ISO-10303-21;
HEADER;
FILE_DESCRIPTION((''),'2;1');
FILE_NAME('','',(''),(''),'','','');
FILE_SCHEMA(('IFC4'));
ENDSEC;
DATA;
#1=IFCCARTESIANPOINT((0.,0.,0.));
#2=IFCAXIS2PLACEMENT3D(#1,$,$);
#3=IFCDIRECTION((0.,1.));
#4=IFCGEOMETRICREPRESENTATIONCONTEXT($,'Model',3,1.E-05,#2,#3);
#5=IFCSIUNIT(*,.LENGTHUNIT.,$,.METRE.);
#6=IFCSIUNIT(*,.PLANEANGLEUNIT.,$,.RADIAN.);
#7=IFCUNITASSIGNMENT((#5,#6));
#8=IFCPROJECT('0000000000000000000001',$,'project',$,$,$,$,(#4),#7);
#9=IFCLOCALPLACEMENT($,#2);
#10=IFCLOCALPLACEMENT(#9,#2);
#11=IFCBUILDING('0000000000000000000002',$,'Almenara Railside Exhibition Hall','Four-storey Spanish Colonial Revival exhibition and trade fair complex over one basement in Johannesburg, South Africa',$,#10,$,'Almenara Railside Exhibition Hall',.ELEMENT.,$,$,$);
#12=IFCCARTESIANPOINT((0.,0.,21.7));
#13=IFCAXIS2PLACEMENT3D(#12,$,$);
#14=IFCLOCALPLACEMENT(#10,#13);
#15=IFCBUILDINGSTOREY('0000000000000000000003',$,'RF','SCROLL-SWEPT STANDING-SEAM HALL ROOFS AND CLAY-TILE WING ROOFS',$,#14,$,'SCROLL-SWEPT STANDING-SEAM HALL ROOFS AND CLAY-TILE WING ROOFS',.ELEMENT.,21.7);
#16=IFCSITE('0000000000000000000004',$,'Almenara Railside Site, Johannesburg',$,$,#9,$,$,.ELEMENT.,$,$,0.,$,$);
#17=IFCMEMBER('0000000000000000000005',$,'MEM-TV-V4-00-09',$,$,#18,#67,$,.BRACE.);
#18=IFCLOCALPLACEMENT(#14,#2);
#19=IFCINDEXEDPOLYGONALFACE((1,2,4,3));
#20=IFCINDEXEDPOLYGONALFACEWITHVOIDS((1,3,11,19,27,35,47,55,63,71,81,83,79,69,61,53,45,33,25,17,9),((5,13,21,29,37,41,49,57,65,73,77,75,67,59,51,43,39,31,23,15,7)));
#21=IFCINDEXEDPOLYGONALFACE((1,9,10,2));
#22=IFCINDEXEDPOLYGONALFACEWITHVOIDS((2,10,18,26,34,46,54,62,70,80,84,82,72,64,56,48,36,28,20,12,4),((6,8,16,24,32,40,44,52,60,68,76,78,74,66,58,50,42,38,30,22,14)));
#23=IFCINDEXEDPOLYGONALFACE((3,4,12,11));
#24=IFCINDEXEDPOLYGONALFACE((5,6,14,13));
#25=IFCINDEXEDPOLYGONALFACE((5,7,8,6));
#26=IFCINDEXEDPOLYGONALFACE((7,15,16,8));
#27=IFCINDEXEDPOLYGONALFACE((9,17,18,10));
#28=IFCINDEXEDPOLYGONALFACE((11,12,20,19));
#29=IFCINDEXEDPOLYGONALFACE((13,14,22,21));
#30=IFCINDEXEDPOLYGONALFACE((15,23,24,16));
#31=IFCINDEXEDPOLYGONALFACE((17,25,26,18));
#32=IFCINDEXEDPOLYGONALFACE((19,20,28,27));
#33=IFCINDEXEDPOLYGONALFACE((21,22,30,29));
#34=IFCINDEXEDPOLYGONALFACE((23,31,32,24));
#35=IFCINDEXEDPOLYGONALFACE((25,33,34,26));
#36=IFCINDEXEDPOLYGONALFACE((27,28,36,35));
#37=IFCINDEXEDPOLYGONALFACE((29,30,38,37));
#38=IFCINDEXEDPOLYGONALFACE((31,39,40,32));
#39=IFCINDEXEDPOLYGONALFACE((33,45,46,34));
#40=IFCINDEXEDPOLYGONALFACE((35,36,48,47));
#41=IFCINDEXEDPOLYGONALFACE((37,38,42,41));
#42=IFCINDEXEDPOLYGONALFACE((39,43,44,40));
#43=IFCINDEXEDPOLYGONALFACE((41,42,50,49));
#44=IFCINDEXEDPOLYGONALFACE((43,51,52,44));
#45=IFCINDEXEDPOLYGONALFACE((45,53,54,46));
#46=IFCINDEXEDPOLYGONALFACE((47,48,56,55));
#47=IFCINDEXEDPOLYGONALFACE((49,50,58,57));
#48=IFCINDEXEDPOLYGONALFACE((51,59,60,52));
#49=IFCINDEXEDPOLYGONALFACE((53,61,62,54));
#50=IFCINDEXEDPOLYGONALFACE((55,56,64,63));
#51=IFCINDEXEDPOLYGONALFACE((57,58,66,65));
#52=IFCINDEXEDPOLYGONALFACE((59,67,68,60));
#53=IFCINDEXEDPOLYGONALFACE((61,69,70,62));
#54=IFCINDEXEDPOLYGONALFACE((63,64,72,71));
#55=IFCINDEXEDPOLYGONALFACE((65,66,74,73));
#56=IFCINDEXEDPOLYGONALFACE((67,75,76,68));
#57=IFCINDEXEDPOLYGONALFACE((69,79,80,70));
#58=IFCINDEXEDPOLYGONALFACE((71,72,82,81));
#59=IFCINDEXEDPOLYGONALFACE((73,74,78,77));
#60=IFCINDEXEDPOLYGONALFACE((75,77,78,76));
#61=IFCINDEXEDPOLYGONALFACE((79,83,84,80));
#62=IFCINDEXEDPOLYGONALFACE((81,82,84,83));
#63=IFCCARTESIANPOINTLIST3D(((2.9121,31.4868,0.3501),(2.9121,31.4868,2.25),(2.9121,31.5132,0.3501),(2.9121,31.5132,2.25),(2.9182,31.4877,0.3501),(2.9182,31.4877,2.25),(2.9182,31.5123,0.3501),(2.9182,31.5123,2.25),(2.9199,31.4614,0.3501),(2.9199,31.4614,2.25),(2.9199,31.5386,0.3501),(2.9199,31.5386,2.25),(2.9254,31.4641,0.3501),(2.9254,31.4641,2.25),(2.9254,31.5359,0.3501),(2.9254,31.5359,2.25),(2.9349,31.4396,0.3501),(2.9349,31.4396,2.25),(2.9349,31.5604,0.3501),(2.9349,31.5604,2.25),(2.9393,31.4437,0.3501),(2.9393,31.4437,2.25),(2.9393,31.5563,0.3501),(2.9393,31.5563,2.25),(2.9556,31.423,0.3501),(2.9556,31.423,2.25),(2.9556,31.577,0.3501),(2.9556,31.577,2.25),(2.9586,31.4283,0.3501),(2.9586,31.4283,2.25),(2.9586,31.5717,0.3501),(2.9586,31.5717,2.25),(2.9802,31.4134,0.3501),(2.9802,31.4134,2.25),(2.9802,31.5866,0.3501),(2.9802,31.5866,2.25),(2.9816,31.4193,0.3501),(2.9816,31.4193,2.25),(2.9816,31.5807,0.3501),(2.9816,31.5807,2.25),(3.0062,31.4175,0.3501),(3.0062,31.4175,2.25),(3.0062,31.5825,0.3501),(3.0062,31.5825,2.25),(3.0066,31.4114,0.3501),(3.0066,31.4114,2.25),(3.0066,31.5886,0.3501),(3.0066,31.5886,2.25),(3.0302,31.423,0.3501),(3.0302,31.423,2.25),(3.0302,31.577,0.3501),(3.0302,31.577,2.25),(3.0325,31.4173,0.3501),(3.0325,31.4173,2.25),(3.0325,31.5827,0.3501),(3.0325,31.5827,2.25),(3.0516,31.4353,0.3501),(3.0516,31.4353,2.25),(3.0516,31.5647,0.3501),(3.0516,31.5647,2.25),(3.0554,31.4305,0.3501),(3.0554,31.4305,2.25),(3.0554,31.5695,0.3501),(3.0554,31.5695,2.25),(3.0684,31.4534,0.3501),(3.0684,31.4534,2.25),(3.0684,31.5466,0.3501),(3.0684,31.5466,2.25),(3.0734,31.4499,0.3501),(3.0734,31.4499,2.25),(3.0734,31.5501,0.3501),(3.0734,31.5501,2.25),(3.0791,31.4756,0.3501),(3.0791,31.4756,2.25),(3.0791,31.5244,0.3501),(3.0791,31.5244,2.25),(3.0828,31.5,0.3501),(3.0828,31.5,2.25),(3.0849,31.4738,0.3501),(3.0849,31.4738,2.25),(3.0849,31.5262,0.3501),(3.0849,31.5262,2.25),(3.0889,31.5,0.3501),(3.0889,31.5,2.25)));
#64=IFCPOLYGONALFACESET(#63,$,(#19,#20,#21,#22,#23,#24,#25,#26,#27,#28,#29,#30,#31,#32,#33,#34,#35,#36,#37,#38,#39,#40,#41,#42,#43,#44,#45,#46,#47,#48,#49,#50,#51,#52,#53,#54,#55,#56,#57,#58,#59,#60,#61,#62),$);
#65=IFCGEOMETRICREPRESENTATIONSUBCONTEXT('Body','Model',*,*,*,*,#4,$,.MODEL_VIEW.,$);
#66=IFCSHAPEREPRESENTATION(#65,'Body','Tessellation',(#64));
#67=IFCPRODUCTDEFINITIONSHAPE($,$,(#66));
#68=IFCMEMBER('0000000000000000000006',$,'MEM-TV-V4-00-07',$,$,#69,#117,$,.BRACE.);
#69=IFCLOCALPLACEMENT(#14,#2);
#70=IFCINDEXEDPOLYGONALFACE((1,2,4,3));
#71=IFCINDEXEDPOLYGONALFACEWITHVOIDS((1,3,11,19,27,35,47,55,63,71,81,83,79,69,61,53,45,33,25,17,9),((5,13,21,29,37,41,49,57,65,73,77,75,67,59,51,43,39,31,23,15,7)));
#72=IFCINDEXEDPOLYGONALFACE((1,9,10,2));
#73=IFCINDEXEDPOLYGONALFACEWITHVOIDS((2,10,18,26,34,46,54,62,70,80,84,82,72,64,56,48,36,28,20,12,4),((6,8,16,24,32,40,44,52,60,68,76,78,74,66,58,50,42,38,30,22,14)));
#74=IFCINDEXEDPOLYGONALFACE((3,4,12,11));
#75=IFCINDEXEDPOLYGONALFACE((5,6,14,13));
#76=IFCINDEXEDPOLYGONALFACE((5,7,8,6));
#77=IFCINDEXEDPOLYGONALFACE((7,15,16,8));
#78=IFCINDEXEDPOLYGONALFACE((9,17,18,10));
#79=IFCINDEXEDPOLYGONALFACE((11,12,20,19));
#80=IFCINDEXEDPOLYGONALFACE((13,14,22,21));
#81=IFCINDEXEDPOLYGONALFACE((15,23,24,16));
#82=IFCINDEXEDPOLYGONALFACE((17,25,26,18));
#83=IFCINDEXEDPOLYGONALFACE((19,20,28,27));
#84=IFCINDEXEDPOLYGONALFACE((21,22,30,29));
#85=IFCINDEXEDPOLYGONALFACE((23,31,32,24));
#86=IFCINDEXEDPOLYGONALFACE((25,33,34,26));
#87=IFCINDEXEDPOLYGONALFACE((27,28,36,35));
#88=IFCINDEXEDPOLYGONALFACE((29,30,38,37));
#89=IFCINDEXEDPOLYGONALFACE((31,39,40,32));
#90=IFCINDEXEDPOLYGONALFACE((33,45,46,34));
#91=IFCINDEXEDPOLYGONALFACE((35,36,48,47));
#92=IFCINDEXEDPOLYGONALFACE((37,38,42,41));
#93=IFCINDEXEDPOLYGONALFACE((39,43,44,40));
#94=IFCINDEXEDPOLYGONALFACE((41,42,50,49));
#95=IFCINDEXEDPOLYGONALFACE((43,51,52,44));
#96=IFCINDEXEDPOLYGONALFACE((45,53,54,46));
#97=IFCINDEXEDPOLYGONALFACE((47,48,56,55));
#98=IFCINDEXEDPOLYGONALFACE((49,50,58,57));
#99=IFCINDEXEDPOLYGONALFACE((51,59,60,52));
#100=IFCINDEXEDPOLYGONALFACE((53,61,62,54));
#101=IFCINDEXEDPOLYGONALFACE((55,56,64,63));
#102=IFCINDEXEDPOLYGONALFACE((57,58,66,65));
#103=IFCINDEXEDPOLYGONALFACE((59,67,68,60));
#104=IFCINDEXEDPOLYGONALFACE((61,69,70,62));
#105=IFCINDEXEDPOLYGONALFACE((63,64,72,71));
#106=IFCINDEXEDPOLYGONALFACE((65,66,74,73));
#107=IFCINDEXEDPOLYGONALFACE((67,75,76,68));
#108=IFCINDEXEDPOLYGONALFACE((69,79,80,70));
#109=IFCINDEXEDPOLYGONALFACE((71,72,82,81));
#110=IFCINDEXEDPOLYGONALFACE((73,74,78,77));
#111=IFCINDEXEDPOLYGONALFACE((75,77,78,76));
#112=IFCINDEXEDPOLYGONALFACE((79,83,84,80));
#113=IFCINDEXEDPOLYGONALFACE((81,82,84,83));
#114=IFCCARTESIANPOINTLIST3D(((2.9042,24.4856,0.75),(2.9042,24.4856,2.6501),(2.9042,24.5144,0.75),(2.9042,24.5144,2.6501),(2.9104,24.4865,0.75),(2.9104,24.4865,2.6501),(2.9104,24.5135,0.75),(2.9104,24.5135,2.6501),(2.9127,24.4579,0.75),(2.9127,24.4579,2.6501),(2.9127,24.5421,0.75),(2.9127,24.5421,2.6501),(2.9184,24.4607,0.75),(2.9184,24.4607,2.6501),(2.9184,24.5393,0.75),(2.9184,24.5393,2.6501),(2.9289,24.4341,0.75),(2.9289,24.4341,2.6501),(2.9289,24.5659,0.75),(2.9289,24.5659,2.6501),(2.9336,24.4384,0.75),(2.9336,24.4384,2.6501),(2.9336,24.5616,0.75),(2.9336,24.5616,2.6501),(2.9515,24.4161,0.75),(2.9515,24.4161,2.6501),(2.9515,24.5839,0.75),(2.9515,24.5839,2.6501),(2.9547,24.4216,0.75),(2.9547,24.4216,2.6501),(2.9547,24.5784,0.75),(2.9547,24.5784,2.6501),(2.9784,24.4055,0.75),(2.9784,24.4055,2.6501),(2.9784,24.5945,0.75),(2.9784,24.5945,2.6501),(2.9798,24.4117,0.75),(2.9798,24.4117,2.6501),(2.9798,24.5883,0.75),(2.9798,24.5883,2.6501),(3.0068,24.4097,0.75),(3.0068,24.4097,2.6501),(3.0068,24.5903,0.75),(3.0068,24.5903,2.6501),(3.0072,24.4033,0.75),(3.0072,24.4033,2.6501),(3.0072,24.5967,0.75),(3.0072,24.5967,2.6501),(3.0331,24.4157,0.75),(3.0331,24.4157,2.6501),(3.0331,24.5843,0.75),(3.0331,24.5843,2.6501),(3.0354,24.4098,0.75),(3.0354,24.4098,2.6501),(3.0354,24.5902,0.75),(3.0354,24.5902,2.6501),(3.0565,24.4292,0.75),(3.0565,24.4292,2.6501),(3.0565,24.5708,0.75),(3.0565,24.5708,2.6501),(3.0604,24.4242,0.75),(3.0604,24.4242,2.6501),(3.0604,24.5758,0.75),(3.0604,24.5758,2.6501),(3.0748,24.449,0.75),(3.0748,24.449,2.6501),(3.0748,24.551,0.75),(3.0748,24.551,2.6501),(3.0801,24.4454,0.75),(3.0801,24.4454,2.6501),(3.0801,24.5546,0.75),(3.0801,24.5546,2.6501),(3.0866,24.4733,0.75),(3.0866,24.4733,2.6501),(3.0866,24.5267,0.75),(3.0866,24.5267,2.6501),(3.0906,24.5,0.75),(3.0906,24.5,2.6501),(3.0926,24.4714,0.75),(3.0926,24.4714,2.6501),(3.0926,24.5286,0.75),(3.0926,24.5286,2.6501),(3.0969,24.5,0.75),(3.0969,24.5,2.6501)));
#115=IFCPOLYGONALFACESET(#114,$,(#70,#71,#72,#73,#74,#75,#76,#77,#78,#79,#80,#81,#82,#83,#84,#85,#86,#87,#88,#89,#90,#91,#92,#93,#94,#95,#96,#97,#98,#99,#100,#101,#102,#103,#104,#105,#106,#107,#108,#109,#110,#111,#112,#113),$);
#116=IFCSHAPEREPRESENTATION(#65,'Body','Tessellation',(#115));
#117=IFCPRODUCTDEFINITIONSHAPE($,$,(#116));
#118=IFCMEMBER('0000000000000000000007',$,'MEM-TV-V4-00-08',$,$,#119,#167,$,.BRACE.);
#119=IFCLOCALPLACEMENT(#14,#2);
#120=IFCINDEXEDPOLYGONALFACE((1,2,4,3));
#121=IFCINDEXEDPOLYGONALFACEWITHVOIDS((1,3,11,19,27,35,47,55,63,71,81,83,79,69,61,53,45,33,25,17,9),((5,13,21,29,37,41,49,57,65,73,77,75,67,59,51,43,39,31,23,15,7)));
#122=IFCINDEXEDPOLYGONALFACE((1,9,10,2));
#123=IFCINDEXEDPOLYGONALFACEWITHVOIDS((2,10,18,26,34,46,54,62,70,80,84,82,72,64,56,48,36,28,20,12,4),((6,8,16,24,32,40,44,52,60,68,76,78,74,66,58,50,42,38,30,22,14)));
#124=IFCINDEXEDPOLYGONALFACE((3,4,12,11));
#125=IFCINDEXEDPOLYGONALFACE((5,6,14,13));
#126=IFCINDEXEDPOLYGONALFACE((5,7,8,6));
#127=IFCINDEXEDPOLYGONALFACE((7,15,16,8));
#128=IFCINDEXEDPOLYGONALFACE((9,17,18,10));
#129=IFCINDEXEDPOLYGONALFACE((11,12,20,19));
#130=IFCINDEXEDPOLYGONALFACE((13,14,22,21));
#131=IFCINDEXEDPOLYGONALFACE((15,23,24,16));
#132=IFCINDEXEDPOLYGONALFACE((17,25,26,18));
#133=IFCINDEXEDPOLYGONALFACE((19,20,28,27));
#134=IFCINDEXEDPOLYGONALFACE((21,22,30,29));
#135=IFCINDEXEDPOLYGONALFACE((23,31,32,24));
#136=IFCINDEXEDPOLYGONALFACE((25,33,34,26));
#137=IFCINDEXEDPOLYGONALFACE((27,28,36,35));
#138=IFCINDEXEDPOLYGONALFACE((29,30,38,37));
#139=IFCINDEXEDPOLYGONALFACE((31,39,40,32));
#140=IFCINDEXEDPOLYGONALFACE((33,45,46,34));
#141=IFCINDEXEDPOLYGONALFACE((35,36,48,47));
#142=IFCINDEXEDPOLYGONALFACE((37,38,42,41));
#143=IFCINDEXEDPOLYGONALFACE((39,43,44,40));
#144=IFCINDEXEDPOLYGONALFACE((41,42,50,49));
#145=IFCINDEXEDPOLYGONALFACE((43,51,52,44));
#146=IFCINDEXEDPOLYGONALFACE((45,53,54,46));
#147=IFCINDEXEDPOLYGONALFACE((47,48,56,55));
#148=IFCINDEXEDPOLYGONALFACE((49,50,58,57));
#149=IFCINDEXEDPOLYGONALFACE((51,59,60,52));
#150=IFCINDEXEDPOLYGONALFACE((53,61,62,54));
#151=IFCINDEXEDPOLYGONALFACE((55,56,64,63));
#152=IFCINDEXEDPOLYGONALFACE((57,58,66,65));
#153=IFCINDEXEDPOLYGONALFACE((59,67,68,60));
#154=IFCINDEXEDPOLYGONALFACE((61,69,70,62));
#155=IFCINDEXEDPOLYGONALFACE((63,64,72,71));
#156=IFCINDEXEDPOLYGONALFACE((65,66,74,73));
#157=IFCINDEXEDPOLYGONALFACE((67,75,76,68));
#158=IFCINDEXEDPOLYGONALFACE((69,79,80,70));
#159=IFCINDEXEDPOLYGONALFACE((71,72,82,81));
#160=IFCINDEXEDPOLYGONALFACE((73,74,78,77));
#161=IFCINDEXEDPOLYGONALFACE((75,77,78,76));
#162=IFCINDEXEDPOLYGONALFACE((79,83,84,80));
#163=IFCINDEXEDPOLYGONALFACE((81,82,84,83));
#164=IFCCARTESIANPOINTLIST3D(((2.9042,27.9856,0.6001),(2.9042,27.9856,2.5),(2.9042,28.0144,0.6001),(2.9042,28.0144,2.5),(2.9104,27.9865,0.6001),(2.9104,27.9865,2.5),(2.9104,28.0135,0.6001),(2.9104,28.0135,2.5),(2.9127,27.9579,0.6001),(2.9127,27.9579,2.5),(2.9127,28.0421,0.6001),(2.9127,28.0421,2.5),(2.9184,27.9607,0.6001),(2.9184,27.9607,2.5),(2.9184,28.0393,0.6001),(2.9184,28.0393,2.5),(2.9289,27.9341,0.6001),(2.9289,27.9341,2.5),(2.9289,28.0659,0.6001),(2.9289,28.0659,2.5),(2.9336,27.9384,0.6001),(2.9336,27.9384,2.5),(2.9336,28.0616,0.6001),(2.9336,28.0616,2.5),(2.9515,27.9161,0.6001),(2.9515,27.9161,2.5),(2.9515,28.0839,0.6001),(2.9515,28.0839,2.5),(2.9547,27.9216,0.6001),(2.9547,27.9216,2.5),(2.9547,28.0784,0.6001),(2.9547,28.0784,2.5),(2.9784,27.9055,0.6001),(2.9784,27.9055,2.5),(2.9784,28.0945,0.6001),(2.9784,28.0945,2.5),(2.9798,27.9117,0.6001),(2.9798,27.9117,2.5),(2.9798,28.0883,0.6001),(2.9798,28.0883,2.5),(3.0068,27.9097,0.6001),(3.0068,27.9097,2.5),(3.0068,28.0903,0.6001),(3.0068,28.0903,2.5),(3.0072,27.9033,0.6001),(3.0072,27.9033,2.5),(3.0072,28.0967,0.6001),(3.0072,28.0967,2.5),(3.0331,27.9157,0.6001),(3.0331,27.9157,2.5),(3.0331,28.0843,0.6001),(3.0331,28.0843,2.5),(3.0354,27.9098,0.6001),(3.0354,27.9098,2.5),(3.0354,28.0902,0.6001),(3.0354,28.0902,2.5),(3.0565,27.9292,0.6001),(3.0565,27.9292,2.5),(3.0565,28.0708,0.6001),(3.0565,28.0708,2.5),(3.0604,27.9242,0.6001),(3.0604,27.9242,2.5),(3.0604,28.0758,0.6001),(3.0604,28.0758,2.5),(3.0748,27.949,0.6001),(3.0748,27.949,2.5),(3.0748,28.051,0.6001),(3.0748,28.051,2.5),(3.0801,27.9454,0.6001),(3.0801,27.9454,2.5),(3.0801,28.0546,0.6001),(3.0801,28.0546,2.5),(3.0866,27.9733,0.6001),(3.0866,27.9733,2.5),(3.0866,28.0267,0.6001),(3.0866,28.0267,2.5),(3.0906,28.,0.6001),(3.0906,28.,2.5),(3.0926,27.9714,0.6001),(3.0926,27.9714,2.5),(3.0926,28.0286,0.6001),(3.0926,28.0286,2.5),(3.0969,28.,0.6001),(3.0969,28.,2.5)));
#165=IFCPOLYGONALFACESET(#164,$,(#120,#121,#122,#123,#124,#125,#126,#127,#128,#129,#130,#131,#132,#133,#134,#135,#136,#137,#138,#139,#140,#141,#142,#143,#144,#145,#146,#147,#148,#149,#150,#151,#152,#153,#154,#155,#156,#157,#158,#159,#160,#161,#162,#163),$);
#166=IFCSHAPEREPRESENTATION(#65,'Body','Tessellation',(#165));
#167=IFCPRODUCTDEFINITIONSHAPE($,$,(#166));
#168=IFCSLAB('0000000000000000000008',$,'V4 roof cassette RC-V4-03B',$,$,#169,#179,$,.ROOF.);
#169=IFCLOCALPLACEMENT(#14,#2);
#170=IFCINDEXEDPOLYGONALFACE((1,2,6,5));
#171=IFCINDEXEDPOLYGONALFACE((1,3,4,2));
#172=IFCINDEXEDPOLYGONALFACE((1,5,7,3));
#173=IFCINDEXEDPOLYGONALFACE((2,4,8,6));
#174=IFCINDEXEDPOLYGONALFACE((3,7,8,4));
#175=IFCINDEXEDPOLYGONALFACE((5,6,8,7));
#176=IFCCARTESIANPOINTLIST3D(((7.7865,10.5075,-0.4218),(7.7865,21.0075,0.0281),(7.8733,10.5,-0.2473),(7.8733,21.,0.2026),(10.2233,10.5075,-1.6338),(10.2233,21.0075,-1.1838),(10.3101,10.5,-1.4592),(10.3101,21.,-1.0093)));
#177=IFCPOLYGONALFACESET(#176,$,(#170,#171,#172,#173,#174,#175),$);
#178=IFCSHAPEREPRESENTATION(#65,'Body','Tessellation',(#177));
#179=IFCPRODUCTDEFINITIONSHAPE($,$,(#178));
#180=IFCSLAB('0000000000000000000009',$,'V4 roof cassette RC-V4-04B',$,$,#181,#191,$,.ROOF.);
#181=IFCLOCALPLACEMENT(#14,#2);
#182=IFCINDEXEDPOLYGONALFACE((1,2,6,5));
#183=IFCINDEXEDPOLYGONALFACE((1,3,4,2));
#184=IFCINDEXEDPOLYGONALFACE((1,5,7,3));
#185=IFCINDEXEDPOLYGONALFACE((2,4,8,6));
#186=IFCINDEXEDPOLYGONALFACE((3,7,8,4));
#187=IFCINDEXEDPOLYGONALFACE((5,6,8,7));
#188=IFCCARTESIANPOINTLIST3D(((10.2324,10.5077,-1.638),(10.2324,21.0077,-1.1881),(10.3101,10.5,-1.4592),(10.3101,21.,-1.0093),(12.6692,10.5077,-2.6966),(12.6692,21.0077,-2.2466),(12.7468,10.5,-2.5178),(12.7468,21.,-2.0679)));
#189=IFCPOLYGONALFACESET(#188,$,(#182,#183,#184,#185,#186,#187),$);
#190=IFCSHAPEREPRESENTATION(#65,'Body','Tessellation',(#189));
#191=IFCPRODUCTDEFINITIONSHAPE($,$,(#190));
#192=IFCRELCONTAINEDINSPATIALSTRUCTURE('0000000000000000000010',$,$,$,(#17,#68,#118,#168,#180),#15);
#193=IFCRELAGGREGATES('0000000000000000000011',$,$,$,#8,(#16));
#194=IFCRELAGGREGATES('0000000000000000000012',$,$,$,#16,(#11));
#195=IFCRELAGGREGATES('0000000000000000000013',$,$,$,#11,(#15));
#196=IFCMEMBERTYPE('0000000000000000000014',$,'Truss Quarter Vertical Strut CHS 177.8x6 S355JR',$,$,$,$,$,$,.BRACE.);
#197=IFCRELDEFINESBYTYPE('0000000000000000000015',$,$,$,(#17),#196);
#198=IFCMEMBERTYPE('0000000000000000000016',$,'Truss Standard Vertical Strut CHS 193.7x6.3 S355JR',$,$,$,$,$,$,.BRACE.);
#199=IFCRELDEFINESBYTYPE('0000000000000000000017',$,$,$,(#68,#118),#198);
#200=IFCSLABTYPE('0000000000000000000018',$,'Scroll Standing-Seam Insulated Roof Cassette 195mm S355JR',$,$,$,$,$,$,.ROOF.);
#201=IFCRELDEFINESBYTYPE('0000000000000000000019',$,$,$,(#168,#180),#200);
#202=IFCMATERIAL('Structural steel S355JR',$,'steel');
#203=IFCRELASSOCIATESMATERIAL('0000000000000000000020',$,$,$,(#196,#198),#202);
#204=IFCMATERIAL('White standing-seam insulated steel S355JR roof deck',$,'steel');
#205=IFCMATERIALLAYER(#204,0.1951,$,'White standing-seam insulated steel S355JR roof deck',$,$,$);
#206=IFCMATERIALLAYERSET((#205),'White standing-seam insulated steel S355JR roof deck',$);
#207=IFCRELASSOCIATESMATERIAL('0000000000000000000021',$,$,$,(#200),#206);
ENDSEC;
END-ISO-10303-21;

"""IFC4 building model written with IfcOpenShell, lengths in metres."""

from ifc_helpers import new_model, si_unit, direction, frame, origin, origin_2d, place, context, subcontext, project, spatial, polyline, hollow_circle, outline, extrude, material, layer, layer_set, material_profile, profile_set, type_object, element, save


model = new_model("IFC4")

# Units and contexts
model_context = context("Model", 3, precision=1e-05, world=origin(), true_north=direction((0.0, 1.0)))
body_context = subcontext(model_context, "Body", "Model", "MODEL_VIEW")
ifc_project = project(units=[si_unit("LENGTHUNIT", "METRE"), si_unit("PLANEANGLEUNIT", "RADIAN")], contexts=[model_context])

# Site, building, storey
site_placement = place(None, origin())
site = spatial("IfcSite", under=ifc_project, at=site_placement, Name="Almenara Railside Site, Johannesburg", CompositionType="ELEMENT", RefElevation=0.0)
building_placement = place(site_placement, origin())
building = spatial("IfcBuilding", under=site, at=building_placement, Name="Almenara Railside Exhibition Hall", Description="Four-storey Spanish Colonial Revival exhibition and trade fair complex over one basement in Johannesburg, South Africa", LongName="Almenara Railside Exhibition Hall", CompositionType="ELEMENT")
storey_placement = place(building_placement, frame((0.0, 0.0, 21.7)))
storey = spatial("IfcBuildingStorey", under=building, at=storey_placement, Name="RF", Description="SCROLL-SWEPT STANDING-SEAM HALL ROOFS AND CLAY-TILE WING ROOFS", LongName="SCROLL-SWEPT STANDING-SEAM HALL ROOFS AND CLAY-TILE WING ROOFS", CompositionType="ELEMENT", Elevation=21.7)

# Members
ifc_material_1 = material(Name="Structural steel S355JR", Category="steel")
ifc_material_profile_1 = material_profile(ifc_material_1, hollow_circle(Radius=0.0889, WallThickness=0.0061, at=origin_2d()), Name="CHS 177.8x6")
ifc_profile_set_1 = profile_set([ifc_material_profile_1], Name="Structural steel S355JR")
member_type_1 = type_object("IfcMemberType", Name="Truss Quarter Vertical Strut CHS 177.8x6 S355JR", PredefinedType="BRACE", material=ifc_profile_set_1)
member_1_placement = place(storey_placement, frame((3.0, 31.5, 0.3501), z_axis=(0.0, 0.0, 1.0), x_axis=(1.0, 0.0, 0.0)))
element("IfcMember", 1, at=member_1_placement, inside=storey, type_object=member_type_1, Name="MEM-TV-V4-00-09", PredefinedType="BRACE", context=body_context, shape_type="SweptSolid", body=[
    extrude(hollow_circle(Radius=0.0889, WallThickness=0.0061, at=origin_2d()), origin(), (0.0, 0.0, 1.0), 1.8999),
])
ifc_material_profile_2 = material_profile(ifc_material_1, hollow_circle(Radius=0.0969, WallThickness=0.0063, at=origin_2d()), Name="CHS 193.7x6.3")
ifc_profile_set_2 = profile_set([ifc_material_profile_2], Name="Structural steel S355JR")
member_type_2 = type_object("IfcMemberType", Name="Truss Standard Vertical Strut CHS 193.7x6.3 S355JR", PredefinedType="BRACE", material=ifc_profile_set_2)
member_2_placement = place(storey_placement, frame((3.0, 24.5, 0.75), z_axis=(0.0, 0.0, 1.0), x_axis=(1.0, 0.0, 0.0)))
element("IfcMember", 2, at=member_2_placement, inside=storey, type_object=member_type_2, Name="MEM-TV-V4-00-07", PredefinedType="BRACE", context=body_context, shape_type="SweptSolid", body=[
    extrude(hollow_circle(Radius=0.0969, WallThickness=0.0063, at=origin_2d()), origin(), (0.0, 0.0, 1.0), 1.9001),
])
member_3_placement = place(storey_placement, frame((3.0, 28.0, 0.6001), z_axis=(0.0, 0.0, 1.0), x_axis=(1.0, 0.0, 0.0)))
element("IfcMember", 3, at=member_3_placement, inside=storey, type_object=member_type_2, Name="MEM-TV-V4-00-08", PredefinedType="BRACE", context=body_context, shape_type="SweptSolid", body=[
    extrude(hollow_circle(Radius=0.0969, WallThickness=0.0063, at=origin_2d()), origin(), (0.0, 0.0, 1.0), 1.8999),
])

# Slabs
ifc_material_2 = material(Name="White standing-seam insulated steel S355JR roof deck", Category="steel")
ifc_layer_1 = layer(ifc_material_2, 0.1951, Name="White standing-seam insulated steel S355JR roof deck")
ifc_layer_set_1 = layer_set([ifc_layer_1], Name="White standing-seam insulated steel S355JR roof deck")
slab_type_1 = type_object("IfcSlabType", Name="Scroll Standing-Seam Insulated Roof Cassette 195mm S355JR", PredefinedType="ROOF", material=ifc_layer_set_1)
slab_1_placement = place(storey_placement, frame((7.8733, 21.0, 0.2026), z_axis=(0.444983, -0.038341, 0.894718), x_axis=(0.895376, 0.0, -0.445311)))
element("IfcSlab", 4, at=slab_1_placement, inside=storey, type_object=slab_type_1, Name="V4 roof cassette RC-V4-03B", PredefinedType="ROOF", context=body_context, shape_type="SweptSolid", body=[
    extrude(outline(polyline([(0.0, 0.0), (2.7215, 0.0), (2.9219, -10.5077), (0.2004, -10.5077), (0.0, 0.0)])), origin(), (0.0, 0.0, -1.0), 0.1951),
])
slab_2_placement = place(storey_placement, frame((10.3101, 21.0, -1.0093), z_axis=(0.398143, -0.039274, 0.916482), x_axis=(0.91719, 0.0, -0.398451)))
element("IfcSlab", 5, at=slab_2_placement, inside=storey, type_object=slab_type_1, Name="V4 roof cassette RC-V4-04B", PredefinedType="ROOF", context=body_context, shape_type="SweptSolid", body=[
    extrude(outline(polyline([(0.0, 0.0), (2.6568, 0.0), (2.8361, -10.5081), (0.1793, -10.5081), (0.0, 0.0)])), origin(), (0.0, 0.0, -1.0), 0.1951),
])

save(model, "model.ifc")
